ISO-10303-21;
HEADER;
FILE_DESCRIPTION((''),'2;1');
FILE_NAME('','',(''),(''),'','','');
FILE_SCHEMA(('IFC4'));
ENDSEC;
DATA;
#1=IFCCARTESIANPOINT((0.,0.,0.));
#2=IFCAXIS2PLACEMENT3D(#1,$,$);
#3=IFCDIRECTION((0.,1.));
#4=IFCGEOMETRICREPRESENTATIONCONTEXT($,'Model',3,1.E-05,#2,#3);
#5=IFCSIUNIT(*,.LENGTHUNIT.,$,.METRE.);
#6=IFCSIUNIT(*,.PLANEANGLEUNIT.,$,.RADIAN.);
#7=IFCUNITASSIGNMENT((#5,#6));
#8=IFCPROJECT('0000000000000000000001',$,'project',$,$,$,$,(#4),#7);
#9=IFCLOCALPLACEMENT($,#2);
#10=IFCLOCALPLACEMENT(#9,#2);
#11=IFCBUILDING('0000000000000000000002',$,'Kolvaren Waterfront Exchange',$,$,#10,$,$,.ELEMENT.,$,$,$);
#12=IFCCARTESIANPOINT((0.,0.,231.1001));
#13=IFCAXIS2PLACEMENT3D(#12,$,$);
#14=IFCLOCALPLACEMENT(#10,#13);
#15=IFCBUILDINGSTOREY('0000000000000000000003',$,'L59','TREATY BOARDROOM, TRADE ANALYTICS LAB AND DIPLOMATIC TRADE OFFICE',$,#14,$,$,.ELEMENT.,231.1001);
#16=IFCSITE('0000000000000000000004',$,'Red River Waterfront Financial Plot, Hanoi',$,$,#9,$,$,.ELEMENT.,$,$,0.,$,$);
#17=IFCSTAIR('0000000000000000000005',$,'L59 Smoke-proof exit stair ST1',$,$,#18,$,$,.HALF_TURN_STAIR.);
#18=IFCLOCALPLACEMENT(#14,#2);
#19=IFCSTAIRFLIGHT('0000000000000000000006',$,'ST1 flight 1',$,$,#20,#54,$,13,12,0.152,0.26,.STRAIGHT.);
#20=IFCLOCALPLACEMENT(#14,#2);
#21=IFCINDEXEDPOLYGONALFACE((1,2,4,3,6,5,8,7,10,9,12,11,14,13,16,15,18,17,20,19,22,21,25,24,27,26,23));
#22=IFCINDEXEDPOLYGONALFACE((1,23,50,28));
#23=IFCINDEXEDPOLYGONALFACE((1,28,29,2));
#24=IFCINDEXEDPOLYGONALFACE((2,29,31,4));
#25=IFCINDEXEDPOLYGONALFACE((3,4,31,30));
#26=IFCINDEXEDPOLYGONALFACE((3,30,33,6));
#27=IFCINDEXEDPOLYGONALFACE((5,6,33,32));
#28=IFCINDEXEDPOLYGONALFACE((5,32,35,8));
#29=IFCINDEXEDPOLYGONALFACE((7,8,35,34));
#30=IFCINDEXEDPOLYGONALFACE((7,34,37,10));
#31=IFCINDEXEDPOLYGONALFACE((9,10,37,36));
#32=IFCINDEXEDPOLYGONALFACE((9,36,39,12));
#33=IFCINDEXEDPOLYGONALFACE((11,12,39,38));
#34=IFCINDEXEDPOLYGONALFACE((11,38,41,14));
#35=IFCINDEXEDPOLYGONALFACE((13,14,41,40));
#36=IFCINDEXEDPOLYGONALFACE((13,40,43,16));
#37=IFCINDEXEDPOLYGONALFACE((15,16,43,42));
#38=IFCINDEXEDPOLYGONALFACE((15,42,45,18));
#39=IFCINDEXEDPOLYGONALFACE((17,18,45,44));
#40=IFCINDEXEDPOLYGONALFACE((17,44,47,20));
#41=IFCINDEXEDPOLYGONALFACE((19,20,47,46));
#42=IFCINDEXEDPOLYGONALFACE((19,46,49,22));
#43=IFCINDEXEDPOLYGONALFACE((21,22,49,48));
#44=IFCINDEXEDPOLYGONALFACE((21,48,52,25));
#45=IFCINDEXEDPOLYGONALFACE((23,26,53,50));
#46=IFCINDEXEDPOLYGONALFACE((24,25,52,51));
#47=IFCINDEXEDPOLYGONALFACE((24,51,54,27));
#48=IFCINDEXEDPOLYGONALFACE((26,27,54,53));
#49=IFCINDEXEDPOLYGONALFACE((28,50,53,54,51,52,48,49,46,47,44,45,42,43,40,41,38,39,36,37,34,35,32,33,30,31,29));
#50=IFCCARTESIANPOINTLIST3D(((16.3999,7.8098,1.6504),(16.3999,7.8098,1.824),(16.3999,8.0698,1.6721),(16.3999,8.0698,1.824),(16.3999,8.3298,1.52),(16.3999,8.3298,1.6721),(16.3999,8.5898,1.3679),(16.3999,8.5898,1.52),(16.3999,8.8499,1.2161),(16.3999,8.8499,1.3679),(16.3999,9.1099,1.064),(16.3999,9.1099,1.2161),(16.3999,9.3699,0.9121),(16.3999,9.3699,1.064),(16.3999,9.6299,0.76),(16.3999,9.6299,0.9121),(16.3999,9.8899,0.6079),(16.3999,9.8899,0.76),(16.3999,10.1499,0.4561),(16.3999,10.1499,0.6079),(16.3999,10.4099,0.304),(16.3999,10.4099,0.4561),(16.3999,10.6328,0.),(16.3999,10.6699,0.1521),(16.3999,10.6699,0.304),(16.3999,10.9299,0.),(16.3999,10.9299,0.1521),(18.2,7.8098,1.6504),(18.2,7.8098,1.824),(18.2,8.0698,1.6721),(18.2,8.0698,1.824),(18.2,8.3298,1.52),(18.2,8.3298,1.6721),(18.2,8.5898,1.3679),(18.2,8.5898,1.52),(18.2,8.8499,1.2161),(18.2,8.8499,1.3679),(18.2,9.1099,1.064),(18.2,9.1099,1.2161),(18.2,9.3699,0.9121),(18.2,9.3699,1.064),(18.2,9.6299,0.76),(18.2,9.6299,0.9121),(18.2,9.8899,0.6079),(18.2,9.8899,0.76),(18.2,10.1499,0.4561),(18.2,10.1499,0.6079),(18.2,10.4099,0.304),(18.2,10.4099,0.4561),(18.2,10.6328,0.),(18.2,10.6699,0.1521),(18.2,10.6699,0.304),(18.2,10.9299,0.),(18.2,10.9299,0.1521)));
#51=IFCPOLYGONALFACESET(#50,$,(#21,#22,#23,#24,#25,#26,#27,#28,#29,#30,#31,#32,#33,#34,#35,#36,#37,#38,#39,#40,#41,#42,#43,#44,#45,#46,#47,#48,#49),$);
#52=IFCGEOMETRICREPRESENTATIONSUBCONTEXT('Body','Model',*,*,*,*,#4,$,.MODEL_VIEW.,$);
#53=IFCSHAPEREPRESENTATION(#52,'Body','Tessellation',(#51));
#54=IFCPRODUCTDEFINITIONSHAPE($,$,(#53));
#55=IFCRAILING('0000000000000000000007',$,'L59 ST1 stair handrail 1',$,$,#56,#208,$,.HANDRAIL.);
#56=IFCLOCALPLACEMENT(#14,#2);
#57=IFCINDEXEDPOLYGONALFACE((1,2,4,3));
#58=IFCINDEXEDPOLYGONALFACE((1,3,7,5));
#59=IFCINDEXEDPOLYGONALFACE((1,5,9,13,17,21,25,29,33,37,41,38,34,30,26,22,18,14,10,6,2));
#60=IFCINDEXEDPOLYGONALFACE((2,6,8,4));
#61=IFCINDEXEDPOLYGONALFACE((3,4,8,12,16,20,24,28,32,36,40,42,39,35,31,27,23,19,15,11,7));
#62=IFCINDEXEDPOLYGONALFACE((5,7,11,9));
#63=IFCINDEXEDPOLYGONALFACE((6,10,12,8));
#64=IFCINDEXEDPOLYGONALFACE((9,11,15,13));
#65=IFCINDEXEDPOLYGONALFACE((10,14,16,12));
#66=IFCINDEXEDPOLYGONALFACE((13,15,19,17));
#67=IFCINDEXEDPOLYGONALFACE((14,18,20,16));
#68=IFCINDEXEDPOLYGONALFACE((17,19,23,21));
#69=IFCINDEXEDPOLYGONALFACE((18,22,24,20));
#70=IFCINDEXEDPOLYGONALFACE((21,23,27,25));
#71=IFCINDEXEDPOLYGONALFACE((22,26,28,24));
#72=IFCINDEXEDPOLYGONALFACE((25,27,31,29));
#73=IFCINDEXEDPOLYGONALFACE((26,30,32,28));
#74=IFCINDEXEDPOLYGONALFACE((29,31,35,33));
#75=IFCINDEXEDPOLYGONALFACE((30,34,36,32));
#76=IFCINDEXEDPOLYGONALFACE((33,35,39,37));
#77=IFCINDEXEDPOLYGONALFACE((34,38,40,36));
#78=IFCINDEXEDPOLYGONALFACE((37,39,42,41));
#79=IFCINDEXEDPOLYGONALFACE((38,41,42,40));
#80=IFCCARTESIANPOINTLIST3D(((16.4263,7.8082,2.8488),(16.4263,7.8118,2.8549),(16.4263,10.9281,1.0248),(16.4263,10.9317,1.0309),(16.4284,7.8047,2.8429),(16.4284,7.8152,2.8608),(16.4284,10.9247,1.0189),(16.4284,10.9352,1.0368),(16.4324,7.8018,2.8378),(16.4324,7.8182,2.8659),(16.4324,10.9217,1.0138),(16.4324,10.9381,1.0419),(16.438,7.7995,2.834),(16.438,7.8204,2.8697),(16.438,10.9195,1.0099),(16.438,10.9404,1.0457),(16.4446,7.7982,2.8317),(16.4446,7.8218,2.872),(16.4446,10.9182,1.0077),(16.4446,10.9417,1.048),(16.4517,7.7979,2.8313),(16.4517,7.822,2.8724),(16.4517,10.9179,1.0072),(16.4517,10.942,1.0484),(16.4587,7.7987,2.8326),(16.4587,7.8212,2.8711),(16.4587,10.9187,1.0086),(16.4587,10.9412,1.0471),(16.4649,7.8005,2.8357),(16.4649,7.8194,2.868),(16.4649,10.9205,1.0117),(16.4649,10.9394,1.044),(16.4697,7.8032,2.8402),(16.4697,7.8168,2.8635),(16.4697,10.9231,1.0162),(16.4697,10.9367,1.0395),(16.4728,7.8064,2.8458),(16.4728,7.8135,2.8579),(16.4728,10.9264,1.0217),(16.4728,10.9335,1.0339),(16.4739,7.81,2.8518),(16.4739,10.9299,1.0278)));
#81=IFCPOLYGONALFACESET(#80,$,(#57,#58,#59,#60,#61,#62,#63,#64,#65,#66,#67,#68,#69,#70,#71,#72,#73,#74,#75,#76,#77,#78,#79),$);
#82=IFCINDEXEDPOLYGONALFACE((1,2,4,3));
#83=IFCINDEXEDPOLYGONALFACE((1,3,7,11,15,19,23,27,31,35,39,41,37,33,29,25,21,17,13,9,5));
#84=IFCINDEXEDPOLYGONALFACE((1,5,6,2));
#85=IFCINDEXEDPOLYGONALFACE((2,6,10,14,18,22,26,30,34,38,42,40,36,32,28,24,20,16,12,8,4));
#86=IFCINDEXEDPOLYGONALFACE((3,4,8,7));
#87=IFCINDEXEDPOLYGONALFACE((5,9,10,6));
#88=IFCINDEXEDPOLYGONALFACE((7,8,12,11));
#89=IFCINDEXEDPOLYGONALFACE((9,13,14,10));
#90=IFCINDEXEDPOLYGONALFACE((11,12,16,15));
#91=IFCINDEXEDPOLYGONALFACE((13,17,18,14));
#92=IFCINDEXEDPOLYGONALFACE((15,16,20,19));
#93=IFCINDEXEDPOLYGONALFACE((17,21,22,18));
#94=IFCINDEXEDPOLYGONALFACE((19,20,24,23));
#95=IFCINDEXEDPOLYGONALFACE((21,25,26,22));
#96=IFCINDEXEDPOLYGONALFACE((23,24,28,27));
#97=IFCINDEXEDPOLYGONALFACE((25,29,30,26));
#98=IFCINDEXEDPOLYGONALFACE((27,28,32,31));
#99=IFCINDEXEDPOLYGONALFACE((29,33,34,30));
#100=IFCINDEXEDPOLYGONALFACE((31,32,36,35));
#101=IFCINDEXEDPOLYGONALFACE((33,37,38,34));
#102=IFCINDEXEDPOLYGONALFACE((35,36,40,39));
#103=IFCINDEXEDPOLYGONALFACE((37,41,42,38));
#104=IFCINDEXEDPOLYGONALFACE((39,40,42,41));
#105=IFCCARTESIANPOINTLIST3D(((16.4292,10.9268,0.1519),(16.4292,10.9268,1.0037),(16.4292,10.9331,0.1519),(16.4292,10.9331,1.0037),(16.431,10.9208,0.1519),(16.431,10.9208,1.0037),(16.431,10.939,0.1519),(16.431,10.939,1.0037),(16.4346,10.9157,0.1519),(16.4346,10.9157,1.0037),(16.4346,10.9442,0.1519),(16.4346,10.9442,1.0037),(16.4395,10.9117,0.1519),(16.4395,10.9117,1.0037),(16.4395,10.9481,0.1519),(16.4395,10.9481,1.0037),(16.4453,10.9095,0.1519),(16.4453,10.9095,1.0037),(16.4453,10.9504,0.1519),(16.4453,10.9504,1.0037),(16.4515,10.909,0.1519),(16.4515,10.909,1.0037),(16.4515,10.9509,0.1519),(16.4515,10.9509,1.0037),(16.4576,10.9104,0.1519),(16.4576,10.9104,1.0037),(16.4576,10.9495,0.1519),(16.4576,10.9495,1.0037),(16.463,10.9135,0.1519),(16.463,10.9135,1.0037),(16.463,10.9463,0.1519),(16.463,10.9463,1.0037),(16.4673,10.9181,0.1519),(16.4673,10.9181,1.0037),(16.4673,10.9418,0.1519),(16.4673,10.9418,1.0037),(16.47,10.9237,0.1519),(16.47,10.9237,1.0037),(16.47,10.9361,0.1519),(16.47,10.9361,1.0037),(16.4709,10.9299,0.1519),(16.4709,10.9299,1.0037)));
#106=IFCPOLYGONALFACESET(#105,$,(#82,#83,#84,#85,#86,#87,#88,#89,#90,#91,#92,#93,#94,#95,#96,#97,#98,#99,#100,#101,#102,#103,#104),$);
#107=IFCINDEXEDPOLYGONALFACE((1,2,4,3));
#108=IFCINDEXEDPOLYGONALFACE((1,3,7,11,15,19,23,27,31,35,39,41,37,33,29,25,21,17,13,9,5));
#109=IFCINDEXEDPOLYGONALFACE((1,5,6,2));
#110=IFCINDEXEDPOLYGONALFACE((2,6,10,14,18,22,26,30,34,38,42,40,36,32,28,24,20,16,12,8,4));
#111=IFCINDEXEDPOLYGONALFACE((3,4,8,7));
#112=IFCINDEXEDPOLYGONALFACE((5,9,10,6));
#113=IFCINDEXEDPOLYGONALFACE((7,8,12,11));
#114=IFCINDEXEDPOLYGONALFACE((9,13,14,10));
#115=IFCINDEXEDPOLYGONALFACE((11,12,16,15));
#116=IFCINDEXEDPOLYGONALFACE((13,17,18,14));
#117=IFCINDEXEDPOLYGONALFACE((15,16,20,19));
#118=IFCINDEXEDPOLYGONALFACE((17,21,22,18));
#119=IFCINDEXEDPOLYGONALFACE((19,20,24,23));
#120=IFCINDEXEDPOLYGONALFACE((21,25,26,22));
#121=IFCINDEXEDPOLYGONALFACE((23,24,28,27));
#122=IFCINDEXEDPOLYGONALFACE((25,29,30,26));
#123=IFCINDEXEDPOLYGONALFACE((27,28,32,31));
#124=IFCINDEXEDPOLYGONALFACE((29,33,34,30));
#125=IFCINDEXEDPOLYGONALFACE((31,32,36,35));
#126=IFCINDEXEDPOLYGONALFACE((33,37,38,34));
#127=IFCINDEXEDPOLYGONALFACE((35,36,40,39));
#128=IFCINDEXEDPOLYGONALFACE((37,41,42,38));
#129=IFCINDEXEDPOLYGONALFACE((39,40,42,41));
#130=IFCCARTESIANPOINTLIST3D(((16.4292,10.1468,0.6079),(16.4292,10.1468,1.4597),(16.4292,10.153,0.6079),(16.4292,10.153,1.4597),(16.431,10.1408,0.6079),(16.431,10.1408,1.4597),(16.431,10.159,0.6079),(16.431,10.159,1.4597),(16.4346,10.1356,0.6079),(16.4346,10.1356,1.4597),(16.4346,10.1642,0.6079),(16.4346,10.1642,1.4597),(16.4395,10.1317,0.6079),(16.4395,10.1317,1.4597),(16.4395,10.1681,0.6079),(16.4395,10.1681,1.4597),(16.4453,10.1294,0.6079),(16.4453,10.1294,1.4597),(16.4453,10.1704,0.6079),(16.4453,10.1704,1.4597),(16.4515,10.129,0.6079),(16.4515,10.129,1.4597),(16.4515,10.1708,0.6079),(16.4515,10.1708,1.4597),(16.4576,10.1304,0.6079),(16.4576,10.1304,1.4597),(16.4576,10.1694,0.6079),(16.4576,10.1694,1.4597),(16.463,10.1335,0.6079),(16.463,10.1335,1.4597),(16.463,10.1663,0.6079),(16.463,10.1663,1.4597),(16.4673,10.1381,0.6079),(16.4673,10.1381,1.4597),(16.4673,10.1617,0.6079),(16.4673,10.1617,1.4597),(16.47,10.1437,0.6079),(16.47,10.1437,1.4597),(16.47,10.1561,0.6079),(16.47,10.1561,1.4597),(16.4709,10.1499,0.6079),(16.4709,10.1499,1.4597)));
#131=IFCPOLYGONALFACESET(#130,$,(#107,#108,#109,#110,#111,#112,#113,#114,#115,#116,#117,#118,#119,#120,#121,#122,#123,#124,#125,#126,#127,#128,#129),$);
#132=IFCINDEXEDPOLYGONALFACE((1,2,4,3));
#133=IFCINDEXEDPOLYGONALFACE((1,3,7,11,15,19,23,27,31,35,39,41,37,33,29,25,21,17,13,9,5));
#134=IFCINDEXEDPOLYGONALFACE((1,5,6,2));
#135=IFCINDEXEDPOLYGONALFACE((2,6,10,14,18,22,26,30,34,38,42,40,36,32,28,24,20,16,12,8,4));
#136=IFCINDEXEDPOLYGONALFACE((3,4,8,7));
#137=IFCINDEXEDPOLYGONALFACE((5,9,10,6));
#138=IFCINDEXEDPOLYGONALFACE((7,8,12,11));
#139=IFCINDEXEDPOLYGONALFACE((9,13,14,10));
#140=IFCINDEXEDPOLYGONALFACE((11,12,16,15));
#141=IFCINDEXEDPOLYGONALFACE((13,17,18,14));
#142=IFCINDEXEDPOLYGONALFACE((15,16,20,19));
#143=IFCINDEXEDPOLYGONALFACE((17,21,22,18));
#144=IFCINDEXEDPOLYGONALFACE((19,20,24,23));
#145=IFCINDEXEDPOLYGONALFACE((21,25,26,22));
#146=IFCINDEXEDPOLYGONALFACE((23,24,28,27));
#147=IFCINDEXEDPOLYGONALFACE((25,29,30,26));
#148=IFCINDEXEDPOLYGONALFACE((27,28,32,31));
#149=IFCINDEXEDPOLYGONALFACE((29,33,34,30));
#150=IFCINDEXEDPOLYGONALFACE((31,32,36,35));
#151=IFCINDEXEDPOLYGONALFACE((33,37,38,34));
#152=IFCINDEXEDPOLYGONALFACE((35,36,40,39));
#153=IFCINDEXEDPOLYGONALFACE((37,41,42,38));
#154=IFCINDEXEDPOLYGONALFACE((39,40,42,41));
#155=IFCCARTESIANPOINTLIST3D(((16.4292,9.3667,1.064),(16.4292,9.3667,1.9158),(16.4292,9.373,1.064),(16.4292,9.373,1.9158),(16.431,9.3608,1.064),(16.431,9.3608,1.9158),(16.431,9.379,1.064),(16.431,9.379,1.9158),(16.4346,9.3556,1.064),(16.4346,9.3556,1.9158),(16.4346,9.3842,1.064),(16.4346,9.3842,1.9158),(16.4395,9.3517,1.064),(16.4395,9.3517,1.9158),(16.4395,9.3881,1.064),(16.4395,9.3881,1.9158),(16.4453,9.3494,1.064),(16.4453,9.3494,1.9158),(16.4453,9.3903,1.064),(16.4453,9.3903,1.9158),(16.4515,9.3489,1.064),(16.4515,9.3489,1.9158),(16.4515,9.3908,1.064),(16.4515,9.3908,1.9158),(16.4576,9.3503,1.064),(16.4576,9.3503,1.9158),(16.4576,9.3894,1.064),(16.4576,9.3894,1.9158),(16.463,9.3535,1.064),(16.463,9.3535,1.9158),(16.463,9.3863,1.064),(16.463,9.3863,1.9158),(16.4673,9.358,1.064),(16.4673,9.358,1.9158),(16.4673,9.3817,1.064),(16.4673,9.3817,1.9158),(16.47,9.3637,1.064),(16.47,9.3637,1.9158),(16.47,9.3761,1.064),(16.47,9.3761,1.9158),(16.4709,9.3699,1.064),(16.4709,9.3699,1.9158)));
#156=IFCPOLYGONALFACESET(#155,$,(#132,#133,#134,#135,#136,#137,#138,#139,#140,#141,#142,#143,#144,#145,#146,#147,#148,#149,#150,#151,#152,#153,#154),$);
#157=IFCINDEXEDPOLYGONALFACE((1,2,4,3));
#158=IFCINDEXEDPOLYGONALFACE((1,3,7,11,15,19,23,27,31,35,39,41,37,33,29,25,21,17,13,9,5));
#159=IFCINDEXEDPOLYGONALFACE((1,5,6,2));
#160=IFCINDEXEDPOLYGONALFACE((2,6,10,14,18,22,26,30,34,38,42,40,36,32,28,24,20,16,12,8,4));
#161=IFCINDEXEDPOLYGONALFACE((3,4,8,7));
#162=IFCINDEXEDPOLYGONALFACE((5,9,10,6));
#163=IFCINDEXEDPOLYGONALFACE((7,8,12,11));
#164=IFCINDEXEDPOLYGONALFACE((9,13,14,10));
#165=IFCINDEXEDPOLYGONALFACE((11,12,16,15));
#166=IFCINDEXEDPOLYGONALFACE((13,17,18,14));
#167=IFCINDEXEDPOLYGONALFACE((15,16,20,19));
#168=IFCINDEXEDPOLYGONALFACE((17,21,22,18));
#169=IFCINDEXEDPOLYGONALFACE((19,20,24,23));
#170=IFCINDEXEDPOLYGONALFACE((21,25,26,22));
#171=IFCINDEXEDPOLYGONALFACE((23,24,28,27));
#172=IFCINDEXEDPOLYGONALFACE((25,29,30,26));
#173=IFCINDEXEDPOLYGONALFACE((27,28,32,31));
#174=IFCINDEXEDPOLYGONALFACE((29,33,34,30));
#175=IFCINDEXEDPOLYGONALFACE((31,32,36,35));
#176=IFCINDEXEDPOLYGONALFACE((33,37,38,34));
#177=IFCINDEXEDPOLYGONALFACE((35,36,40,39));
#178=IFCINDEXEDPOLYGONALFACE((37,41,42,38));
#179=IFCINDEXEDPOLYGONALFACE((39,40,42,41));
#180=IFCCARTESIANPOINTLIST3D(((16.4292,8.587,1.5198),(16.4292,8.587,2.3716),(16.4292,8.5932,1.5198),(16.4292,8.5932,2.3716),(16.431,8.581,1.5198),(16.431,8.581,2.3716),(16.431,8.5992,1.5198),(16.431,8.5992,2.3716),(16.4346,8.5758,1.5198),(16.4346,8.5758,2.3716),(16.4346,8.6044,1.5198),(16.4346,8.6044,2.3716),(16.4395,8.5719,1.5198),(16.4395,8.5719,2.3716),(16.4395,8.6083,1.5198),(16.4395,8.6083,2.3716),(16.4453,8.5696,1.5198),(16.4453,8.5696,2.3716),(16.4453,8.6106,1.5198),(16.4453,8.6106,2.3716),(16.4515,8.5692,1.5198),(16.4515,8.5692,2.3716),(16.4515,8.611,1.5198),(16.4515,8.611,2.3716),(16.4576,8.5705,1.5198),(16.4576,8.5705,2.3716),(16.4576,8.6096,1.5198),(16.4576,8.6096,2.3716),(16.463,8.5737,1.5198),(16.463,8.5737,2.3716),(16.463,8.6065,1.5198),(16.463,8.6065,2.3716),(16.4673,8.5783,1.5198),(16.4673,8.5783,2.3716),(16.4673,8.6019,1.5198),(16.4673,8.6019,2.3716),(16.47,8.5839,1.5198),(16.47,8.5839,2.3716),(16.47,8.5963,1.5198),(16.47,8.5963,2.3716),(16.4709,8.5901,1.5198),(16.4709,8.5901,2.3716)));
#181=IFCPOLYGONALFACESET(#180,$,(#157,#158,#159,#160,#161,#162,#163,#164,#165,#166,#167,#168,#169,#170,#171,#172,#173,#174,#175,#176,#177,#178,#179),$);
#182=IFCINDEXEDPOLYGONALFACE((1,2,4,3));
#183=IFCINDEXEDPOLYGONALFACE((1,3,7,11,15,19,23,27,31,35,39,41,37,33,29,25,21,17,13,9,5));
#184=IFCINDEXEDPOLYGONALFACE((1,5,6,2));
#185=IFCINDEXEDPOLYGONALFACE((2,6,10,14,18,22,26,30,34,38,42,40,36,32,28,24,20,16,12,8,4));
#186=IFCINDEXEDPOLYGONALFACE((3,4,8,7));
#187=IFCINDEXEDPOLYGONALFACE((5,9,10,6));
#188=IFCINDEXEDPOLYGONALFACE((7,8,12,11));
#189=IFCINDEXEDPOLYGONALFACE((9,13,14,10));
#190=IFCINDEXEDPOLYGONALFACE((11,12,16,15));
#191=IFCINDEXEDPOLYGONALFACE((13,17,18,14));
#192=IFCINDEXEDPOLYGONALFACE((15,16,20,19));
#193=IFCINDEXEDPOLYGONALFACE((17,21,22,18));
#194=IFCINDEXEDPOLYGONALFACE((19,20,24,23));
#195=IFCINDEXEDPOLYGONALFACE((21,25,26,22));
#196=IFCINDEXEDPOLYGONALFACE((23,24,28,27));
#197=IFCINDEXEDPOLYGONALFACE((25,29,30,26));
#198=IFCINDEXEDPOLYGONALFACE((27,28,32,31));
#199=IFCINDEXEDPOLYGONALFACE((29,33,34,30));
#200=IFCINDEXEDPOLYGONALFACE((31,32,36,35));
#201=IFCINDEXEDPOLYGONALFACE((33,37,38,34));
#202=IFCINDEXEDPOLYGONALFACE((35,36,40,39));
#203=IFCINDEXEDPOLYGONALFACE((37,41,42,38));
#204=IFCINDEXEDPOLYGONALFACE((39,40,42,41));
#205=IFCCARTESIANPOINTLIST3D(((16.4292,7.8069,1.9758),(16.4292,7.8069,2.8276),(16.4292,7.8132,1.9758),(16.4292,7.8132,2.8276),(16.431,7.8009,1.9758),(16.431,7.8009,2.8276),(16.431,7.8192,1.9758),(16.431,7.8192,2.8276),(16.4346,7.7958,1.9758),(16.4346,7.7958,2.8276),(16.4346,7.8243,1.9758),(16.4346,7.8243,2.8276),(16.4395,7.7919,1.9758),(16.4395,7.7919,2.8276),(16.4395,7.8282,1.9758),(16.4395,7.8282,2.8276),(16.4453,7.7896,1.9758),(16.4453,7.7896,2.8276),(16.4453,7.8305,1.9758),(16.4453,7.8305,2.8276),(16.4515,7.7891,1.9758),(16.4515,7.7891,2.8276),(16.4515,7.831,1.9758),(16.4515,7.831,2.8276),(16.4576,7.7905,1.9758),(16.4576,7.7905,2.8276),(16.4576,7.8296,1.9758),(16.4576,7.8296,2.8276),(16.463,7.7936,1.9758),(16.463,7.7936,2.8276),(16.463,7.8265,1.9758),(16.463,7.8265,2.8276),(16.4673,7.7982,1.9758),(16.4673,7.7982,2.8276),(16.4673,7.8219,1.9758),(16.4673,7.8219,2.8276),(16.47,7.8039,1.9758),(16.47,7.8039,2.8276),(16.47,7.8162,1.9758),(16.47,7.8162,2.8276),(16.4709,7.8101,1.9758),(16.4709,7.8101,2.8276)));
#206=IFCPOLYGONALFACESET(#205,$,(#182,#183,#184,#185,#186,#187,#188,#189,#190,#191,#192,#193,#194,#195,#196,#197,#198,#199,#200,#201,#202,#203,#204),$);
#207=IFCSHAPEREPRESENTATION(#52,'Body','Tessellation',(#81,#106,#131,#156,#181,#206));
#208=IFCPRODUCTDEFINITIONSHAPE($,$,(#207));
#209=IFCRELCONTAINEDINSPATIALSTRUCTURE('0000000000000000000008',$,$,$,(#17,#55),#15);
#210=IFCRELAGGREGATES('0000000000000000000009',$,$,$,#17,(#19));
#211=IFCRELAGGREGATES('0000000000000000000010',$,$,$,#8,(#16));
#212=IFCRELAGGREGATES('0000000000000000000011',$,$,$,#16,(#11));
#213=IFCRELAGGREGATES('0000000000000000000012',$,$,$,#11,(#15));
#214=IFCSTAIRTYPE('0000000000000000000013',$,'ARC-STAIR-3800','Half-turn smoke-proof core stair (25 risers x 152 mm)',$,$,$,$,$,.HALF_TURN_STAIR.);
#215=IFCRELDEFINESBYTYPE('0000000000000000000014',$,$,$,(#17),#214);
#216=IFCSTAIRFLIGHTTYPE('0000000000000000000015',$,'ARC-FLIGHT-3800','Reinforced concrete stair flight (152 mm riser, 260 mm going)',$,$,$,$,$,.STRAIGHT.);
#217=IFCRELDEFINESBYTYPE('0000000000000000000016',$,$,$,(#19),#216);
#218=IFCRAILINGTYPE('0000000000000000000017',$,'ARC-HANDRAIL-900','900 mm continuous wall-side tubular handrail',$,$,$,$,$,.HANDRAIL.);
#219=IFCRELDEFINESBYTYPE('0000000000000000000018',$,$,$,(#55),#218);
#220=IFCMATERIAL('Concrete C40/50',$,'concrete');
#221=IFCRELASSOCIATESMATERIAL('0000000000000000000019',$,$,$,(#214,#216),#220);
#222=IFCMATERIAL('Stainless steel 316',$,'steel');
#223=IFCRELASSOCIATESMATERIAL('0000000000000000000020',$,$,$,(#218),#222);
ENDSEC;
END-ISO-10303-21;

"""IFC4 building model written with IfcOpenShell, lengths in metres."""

from ifc_helpers import new_model, si_unit, direction, frame, origin, origin_2d, place, context, subcontext, project, spatial, polyline, circle, outline, extrude, material, type_object, element, aggregate, save


model = new_model("IFC4")

# Units and contexts
model_context = context("Model", 3, precision=1e-05, world=origin(), true_north=direction((0.0, 1.0)))
body_context = subcontext(model_context, "Body", "Model", "MODEL_VIEW")
ifc_project = project(units=[si_unit("LENGTHUNIT", "METRE"), si_unit("PLANEANGLEUNIT", "RADIAN")], contexts=[model_context])

# Site, building, storey
site_placement = place(None, origin())
site = spatial("IfcSite", under=ifc_project, at=site_placement, Name="Red River Waterfront Financial Plot, Hanoi", CompositionType="ELEMENT", RefElevation=0.0)
building_placement = place(site_placement, origin())
building = spatial("IfcBuilding", under=site, at=building_placement, Name="Kolvaren Waterfront Exchange", CompositionType="ELEMENT")
storey_placement = place(building_placement, frame((0.0, 0.0, 231.1001)))
storey = spatial("IfcBuildingStorey", under=building, at=storey_placement, Name="L59", Description="TREATY BOARDROOM, TRADE ANALYTICS LAB AND DIPLOMATIC TRADE OFFICE", CompositionType="ELEMENT", Elevation=231.1001)

# Stair, stair flight
ifc_material_1 = material(Name="Concrete C40/50", Category="concrete")
stair_type = type_object("IfcStairType", Name="ARC-STAIR-3800", Description="Half-turn smoke-proof core stair (25 risers x 152 mm)", PredefinedType="HALF_TURN_STAIR", material=ifc_material_1)
stair_placement = place(storey_placement, origin())
stair = element("IfcStair", 1, at=stair_placement, inside=storey, type_object=stair_type, Name="L59 Smoke-proof exit stair ST1", PredefinedType="HALF_TURN_STAIR")
stair_flight_type = type_object("IfcStairFlightType", Name="ARC-FLIGHT-3800", Description="Reinforced concrete stair flight (152 mm riser, 260 mm going)", PredefinedType="STRAIGHT", material=ifc_material_1)
stair_flight_placement = place(storey_placement, frame((17.3, 10.9299, 0.0), z_axis=(0.0, 0.0, 1.0), x_axis=(0.0, -1.0, 0.0)))
stair_flight = element("IfcStairFlight", 2, at=stair_flight_placement, type_object=stair_flight_type, Name="ST1 flight 1", NumberOfRisers=13, NumberOfTreads=12, PredefinedType="STRAIGHT", RiserHeight=0.152, TreadLength=0.26, context=body_context, shape_type="SweptSolid", body=[
    extrude(outline(polyline([(0.0, 0.0), (0.0, 0.1521), (0.26, 0.1521), (0.26, 0.304), (0.52, 0.304), (0.52, 0.4561), (0.78, 0.4561), (0.78, 0.6079), (1.04, 0.6079), (1.04, 0.76), (1.3, 0.76), (1.3, 0.9121), (1.5601, 0.9121), (1.5601, 1.064), (1.8201, 1.064), (1.8201, 1.2161), (2.0801, 1.2161), (2.0801, 1.3679), (2.3401, 1.3679), (2.3401, 1.52), (2.6001, 1.52), (2.6001, 1.6721), (2.8601, 1.6721), (2.8601, 1.824), (3.1201, 1.824), (3.1201, 1.9761), (3.1201, 1.6504), (0.2971, 0.0), (0.0, 0.0)])), frame((0.0, 0.8999, 0.0), z_axis=(0.0, -1.0, 0.0), x_axis=(1.0, 0.0, 0.0)), (0.0, 0.0, 1.0), 1.8),
])
aggregate(stair, [stair_flight])

# Railing
ifc_material_2 = material(Name="Stainless steel 316", Category="steel")
railing_type = type_object("IfcRailingType", Name="ARC-HANDRAIL-900", Description="900 mm continuous wall-side tubular handrail", PredefinedType="HANDRAIL", material=ifc_material_2)
railing_placement = place(storey_placement, frame((16.45, 10.9299, 0.1519)))
element("IfcRailing", 3, at=railing_placement, inside=storey, type_object=railing_type, Name="L59 ST1 stair handrail 1", PredefinedType="HANDRAIL", context=body_context, shape_type="SweptSolid", body=[
    extrude(circle(Radius=0.0239, at=origin_2d()), frame((0.0, 0.0, 0.876), z_axis=(0.0, -0.863291, 0.504707), x_axis=(1.0, 0.0, 0.0)), (0.0, 0.0, 1.0), 3.614),
    extrude(circle(Radius=0.021, at=origin_2d()), origin(), (0.0, 0.0, 1.0), 0.8518),
    extrude(circle(Radius=0.021, at=origin_2d()), frame((0.0, -0.78, 0.4561)), (0.0, 0.0, 1.0), 0.8518),
    extrude(circle(Radius=0.021, at=origin_2d()), frame((0.0, -1.5601, 0.9121)), (0.0, 0.0, 1.0), 0.8518),
    extrude(circle(Radius=0.021, at=origin_2d()), frame((0.0, -2.3398, 1.3679)), (0.0, 0.0, 1.0), 0.8518),
    extrude(circle(Radius=0.021, at=origin_2d()), frame((0.0, -3.1199, 1.824)), (0.0, 0.0, 1.0), 0.8518),
])

save(model, "model.ifc")
